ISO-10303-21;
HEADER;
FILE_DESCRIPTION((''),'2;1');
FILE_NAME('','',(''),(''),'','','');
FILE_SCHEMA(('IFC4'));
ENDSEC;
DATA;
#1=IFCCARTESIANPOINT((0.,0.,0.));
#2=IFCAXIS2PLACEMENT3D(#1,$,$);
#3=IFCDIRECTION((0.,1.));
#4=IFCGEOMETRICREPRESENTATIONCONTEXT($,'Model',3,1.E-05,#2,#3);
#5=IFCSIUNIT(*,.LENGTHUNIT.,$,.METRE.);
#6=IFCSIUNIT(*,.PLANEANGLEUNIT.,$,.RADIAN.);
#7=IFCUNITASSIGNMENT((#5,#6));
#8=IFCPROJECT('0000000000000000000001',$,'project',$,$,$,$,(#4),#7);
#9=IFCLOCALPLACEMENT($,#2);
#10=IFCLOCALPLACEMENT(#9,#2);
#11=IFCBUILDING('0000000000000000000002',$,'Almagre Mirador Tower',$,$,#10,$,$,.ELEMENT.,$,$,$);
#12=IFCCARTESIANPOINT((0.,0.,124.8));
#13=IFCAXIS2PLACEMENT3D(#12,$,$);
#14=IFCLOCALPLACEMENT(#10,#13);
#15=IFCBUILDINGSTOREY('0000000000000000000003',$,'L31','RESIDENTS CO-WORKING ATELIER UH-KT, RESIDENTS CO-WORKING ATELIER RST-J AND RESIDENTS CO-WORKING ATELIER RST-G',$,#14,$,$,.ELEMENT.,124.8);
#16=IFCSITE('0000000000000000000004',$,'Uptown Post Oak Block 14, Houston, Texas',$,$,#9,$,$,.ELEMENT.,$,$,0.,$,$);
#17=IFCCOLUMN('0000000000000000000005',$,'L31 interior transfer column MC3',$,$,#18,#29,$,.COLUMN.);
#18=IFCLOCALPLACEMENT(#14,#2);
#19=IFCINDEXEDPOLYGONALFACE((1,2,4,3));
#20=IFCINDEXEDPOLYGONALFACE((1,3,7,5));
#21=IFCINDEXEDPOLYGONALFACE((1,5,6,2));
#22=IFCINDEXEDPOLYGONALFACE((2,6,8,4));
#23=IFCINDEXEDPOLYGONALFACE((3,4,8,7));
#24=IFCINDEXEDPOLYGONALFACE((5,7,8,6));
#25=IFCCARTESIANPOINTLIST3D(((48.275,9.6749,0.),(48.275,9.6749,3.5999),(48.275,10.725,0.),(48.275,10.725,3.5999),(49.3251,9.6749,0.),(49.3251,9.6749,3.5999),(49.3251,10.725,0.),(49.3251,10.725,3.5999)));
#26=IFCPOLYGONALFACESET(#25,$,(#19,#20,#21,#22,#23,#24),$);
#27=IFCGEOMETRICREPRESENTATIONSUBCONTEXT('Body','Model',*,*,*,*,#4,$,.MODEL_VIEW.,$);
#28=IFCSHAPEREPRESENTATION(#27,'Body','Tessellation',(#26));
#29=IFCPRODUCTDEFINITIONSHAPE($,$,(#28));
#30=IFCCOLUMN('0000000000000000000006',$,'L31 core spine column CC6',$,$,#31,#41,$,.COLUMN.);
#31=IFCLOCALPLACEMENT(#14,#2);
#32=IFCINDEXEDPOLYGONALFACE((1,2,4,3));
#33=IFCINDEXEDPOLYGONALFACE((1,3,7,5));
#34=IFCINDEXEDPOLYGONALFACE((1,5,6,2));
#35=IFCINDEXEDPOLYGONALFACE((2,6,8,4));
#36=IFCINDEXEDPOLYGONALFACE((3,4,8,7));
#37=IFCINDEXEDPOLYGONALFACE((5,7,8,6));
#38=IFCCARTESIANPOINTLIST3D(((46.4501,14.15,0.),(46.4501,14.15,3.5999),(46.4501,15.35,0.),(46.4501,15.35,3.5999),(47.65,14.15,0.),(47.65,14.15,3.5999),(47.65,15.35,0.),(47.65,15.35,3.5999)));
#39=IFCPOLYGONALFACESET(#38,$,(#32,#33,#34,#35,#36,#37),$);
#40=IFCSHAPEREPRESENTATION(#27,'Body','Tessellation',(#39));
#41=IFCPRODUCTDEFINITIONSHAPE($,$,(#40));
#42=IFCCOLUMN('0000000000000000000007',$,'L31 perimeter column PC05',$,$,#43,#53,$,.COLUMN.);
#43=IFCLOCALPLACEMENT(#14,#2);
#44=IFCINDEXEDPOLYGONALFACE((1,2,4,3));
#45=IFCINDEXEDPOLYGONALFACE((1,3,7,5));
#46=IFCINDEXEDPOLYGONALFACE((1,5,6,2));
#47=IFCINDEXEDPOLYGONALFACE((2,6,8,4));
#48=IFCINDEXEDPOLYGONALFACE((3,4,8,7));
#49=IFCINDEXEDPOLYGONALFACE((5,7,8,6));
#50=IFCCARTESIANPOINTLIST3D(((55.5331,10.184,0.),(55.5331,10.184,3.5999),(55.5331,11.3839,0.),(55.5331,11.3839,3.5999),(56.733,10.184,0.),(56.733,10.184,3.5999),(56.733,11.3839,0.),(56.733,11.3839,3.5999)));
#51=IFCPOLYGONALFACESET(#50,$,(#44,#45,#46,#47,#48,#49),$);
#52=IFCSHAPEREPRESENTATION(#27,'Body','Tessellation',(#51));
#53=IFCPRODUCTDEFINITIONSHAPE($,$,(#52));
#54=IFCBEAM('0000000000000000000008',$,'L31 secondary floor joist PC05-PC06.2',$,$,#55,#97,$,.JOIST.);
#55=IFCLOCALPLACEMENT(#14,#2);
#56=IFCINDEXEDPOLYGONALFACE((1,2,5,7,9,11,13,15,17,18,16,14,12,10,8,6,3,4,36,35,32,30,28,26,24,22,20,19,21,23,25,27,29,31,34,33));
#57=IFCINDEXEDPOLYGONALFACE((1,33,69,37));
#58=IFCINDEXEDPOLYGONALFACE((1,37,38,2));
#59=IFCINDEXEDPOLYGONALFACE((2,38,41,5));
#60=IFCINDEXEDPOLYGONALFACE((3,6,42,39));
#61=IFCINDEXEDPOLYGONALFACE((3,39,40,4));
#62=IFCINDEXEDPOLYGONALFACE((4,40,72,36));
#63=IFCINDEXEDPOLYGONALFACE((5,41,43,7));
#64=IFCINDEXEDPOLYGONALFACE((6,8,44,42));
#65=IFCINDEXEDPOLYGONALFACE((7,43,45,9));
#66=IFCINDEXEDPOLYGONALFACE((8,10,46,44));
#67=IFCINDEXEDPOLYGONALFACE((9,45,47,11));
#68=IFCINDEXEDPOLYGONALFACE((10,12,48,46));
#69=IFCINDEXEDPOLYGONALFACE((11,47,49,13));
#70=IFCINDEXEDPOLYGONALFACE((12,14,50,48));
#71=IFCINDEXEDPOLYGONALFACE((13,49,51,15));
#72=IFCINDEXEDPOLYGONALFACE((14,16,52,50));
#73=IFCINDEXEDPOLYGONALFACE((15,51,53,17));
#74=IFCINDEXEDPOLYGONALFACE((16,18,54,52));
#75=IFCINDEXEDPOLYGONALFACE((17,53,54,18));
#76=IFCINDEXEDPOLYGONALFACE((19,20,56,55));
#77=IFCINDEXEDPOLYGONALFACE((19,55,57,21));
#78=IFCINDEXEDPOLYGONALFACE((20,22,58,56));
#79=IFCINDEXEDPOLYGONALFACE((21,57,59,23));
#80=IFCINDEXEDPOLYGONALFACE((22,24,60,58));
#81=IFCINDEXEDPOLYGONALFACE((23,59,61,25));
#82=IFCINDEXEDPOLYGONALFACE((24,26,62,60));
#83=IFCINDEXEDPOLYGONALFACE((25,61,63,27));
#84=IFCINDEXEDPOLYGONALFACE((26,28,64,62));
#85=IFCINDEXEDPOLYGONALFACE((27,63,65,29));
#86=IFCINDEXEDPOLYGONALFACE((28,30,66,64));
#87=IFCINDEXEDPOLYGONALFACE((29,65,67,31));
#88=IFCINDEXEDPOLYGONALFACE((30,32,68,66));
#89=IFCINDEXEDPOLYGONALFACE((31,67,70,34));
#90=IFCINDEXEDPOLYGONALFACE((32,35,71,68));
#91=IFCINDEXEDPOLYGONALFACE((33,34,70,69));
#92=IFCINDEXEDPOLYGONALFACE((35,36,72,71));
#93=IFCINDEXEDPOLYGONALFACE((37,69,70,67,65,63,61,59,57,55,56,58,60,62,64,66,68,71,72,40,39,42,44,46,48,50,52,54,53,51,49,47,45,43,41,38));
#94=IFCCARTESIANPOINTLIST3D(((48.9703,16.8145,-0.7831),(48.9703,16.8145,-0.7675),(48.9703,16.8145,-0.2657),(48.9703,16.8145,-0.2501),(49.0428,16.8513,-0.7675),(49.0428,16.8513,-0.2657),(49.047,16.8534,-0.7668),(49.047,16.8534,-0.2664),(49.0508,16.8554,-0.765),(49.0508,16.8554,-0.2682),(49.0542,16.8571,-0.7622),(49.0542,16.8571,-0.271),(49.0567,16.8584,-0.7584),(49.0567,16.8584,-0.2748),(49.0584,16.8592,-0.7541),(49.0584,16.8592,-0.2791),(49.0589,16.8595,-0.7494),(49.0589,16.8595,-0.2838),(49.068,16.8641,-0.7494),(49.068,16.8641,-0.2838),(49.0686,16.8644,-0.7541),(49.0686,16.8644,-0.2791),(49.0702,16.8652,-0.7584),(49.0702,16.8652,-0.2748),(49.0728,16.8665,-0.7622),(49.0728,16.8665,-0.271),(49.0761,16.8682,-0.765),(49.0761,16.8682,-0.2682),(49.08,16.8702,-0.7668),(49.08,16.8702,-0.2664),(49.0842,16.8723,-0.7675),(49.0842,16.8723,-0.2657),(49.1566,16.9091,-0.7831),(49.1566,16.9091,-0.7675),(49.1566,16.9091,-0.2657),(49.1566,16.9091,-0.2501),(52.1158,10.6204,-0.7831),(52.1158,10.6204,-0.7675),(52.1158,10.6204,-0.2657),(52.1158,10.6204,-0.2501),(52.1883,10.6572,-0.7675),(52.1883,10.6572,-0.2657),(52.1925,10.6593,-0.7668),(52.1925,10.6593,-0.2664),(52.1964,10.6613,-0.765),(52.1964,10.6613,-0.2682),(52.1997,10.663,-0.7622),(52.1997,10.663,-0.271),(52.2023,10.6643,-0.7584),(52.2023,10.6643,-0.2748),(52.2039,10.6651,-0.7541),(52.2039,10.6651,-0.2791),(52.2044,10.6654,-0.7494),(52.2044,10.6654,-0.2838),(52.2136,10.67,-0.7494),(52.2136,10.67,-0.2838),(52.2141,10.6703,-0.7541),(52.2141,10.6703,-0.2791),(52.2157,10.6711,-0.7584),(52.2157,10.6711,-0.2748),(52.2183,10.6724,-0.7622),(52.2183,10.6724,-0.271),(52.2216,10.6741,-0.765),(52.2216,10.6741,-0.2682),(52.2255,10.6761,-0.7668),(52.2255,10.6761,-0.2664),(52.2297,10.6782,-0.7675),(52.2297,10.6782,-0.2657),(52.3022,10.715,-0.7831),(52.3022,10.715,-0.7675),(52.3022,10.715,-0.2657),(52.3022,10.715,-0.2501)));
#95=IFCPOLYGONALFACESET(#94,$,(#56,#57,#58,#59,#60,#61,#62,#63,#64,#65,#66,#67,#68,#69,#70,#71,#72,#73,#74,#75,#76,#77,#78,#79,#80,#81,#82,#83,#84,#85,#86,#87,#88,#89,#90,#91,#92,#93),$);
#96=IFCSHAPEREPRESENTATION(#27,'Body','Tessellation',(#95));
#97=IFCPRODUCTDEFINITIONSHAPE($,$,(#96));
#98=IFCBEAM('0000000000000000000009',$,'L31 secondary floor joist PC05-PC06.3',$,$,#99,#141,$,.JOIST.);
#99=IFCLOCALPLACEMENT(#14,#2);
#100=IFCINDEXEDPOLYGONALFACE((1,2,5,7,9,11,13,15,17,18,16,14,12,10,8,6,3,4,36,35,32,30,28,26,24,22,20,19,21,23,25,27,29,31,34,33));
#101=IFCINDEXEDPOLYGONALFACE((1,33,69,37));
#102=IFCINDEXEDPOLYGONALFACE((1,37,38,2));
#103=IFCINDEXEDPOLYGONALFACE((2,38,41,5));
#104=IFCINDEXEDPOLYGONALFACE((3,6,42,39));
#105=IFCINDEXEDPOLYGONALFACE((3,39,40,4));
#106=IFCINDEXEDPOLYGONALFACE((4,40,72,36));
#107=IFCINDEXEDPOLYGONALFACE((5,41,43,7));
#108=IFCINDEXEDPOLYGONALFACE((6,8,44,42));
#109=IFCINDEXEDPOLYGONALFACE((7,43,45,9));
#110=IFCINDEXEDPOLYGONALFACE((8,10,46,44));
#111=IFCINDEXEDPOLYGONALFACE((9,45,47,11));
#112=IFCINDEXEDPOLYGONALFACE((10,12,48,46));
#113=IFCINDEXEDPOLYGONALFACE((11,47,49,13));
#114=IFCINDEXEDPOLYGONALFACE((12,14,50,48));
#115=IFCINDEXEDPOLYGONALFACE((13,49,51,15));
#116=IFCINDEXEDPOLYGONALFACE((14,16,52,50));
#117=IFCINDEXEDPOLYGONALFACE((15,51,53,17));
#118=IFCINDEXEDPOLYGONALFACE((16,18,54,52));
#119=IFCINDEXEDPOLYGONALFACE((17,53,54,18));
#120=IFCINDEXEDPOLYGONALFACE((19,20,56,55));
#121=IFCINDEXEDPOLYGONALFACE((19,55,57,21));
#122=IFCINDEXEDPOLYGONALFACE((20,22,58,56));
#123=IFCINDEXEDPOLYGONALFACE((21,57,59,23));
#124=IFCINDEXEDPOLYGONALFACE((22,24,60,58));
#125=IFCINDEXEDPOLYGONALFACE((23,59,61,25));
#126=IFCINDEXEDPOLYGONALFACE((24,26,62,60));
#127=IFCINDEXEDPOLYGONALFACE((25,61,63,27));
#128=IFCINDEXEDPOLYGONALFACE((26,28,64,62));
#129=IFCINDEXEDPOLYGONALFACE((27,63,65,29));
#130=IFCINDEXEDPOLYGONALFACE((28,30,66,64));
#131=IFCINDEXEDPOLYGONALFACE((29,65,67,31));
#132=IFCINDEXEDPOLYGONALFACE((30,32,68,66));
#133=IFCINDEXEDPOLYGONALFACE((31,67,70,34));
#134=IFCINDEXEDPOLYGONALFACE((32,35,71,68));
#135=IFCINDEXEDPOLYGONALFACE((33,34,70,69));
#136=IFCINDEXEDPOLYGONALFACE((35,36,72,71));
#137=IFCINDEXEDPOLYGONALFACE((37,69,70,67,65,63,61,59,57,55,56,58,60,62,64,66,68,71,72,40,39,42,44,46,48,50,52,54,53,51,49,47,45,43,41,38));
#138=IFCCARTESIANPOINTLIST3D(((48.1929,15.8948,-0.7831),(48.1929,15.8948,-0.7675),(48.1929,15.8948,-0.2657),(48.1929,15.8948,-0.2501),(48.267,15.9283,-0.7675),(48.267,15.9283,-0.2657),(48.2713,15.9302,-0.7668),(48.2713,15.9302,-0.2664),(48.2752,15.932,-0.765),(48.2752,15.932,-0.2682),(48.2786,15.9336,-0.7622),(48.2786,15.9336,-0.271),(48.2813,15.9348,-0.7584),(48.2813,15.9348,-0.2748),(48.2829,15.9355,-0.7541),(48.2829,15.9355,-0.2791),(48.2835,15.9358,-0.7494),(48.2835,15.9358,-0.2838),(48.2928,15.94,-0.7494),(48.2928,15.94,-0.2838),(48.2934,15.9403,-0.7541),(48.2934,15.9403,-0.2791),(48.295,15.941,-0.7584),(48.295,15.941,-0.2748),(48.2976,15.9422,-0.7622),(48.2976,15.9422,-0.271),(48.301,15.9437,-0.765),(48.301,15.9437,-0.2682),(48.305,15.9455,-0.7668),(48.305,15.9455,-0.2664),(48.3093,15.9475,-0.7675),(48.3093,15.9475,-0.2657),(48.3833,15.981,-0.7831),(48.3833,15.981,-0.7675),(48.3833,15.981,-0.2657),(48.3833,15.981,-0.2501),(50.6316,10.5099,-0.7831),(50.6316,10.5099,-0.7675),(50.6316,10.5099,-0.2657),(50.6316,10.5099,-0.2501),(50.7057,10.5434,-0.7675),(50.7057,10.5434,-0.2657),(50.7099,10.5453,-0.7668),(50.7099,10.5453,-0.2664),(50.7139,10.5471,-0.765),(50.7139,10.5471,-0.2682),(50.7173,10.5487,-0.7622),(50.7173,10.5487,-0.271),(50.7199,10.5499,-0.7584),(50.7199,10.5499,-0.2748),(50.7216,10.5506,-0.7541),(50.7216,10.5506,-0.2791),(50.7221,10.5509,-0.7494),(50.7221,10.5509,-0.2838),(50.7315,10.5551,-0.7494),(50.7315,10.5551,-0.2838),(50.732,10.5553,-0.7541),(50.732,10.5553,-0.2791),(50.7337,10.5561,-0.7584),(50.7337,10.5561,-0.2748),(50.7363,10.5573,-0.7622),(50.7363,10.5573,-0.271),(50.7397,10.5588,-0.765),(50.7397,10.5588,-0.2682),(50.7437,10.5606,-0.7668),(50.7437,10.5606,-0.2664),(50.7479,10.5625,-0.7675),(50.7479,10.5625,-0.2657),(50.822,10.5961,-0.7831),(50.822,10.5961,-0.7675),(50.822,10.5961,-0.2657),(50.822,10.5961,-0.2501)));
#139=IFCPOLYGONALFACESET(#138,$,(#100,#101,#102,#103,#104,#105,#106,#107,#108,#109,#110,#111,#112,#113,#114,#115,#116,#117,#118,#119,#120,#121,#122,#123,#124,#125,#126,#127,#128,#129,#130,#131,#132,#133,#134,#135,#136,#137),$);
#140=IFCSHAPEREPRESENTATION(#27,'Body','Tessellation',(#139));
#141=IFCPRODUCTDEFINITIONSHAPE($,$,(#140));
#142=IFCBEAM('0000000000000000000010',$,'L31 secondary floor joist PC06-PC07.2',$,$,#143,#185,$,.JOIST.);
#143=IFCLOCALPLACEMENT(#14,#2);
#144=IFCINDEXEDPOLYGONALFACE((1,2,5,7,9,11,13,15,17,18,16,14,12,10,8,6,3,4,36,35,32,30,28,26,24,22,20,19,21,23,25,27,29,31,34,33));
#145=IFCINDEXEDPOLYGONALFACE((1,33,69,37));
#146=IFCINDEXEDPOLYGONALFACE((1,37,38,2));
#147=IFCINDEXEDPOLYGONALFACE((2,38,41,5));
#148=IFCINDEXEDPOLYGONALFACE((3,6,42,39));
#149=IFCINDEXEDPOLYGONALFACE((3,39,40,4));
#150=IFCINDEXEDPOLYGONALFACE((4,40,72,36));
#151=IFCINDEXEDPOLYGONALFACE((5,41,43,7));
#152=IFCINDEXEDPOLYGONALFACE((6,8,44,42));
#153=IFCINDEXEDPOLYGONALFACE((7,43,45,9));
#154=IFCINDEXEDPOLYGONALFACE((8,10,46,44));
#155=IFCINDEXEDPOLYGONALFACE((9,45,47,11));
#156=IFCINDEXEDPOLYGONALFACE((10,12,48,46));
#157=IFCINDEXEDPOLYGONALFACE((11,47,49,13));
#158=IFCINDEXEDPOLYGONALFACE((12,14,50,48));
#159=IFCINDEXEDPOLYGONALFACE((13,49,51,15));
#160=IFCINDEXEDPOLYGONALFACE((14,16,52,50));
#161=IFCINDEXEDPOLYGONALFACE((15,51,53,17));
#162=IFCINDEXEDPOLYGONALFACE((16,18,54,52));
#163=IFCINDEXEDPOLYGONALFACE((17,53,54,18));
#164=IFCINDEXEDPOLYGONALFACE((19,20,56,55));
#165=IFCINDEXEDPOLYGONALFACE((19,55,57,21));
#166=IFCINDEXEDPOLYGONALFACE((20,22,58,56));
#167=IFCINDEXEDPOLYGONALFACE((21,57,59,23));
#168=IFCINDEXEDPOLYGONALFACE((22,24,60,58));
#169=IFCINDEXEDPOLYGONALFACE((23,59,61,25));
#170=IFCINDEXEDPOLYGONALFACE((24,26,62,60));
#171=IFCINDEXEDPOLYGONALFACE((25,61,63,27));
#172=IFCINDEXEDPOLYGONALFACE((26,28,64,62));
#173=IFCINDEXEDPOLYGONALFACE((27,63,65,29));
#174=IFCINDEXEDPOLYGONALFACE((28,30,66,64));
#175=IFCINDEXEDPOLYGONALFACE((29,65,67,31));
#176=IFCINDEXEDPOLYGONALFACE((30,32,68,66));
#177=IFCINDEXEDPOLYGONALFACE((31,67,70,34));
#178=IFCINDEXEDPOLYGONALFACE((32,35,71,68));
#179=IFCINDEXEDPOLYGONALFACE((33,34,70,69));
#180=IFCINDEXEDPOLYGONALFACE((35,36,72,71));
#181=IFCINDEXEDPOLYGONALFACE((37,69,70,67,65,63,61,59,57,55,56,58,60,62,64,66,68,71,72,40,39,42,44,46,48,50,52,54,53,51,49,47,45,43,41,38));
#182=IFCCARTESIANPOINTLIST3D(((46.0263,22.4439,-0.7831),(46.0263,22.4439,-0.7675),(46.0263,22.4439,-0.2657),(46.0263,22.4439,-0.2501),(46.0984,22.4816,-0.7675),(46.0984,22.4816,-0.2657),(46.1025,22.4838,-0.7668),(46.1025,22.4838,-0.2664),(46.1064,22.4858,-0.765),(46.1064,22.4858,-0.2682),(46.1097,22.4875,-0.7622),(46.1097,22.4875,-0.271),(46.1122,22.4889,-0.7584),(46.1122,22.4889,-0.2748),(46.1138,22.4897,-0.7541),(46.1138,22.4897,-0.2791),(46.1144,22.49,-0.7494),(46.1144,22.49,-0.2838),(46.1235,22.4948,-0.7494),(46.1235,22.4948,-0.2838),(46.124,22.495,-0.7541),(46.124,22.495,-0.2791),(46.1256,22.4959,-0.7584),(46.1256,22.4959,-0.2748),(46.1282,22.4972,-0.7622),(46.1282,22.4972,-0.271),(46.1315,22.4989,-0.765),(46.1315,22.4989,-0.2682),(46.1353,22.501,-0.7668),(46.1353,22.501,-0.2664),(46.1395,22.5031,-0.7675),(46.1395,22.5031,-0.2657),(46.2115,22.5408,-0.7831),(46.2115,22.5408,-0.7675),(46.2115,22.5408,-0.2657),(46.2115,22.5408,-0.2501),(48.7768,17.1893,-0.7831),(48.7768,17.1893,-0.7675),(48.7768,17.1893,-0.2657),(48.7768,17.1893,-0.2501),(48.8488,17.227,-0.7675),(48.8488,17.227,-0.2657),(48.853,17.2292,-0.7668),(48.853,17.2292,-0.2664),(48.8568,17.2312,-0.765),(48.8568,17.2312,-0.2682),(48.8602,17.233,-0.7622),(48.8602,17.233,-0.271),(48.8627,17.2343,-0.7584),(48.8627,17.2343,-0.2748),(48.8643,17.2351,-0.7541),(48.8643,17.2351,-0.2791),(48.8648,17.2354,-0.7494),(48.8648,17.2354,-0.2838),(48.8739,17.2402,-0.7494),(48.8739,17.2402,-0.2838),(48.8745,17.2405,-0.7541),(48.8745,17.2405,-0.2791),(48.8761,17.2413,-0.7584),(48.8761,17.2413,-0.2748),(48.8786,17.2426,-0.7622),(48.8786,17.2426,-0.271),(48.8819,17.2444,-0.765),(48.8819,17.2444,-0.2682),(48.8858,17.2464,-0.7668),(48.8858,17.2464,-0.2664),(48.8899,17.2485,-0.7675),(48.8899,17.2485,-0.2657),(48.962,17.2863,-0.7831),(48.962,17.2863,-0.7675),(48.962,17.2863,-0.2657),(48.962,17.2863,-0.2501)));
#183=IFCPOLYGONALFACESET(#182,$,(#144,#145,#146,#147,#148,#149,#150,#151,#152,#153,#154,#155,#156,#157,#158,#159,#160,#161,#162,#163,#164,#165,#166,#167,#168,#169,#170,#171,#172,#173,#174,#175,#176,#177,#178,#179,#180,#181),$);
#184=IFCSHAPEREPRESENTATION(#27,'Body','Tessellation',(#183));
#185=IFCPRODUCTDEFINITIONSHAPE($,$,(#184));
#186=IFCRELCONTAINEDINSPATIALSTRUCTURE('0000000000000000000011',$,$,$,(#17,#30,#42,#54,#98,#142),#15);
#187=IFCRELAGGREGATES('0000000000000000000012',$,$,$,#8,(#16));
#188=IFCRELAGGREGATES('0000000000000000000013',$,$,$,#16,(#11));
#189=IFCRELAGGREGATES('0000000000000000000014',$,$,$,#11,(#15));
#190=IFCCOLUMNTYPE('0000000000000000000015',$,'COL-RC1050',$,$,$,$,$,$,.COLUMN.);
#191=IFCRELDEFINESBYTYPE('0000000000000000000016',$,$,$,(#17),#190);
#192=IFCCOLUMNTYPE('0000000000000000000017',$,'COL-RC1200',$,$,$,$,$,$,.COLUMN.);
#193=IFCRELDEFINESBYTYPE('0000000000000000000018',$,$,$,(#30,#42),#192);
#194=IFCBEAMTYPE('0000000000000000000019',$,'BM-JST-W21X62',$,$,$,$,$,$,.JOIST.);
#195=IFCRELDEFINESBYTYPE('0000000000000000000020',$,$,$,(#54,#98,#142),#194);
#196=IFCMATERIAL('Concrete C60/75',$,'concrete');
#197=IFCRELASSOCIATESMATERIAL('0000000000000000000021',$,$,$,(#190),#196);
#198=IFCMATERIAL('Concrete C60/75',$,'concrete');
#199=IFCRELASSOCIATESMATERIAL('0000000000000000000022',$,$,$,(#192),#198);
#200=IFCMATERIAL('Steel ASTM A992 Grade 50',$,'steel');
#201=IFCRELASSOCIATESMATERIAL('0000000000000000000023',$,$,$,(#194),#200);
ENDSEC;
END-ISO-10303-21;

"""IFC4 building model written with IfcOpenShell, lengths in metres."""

from ifc_helpers import new_model, si_unit, direction, frame, origin, origin_2d, place, context, subcontext, project, spatial, rectangle, i_section, extrude, material, material_profile, profile_set, type_object, element, save


model = new_model("IFC4")

# Units and contexts
model_context = context("Model", 3, precision=1e-05, world=origin(), true_north=direction((0.0, 1.0)))
body_context = subcontext(model_context, "Body", "Model", "MODEL_VIEW")
ifc_project = project(units=[si_unit("LENGTHUNIT", "METRE"), si_unit("PLANEANGLEUNIT", "RADIAN")], contexts=[model_context])

# Site, building, storey
site_placement = place(None, origin())
site = spatial("IfcSite", under=ifc_project, at=site_placement, Name="Uptown Post Oak Block 14, Houston, Texas", CompositionType="ELEMENT", RefElevation=0.0)
building_placement = place(site_placement, origin())
building = spatial("IfcBuilding", under=site, at=building_placement, Name="Almagre Mirador Tower", CompositionType="ELEMENT")
storey_placement = place(building_placement, frame((0.0, 0.0, 124.8)))
storey = spatial("IfcBuildingStorey", under=building, at=storey_placement, Name="L31", Description="RESIDENTS CO-WORKING ATELIER UH-KT, RESIDENTS CO-WORKING ATELIER RST-J AND RESIDENTS CO-WORKING ATELIER RST-G", CompositionType="ELEMENT", Elevation=124.8)

# Columns
ifc_material_1 = material(Name="Concrete C60/75", Category="concrete")
ifc_material_profile_1 = material_profile(ifc_material_1, rectangle(XDim=1.05, YDim=1.05, at=origin_2d()), Name="RC1050X1050")
ifc_profile_set_1 = profile_set([ifc_material_profile_1], Name="Concrete C60/75")
column_type_1 = type_object("IfcColumnType", Name="COL-RC1050", PredefinedType="COLUMN", material=ifc_profile_set_1)
column_placement = place(storey_placement, frame((48.8, 10.2, 0.0), z_axis=(0.0, 0.0, 1.0), x_axis=(1.0, 0.0, 0.0)))
element("IfcColumn", 1, at=column_placement, inside=storey, type_object=column_type_1, Name="L31 interior transfer column MC3", PredefinedType="COLUMN", context=body_context, shape_type="SweptSolid", body=[
    extrude(rectangle(XDim=1.05, YDim=1.05, at=origin_2d()), origin(), (0.0, 0.0, 1.0), 3.5999),
])
ifc_material_2 = material(Name="Concrete C60/75", Category="concrete")
ifc_material_profile_2 = material_profile(ifc_material_2, rectangle(XDim=1.2, YDim=1.2, at=origin_2d()), Name="RC1200X1200")
ifc_profile_set_2 = profile_set([ifc_material_profile_2], Name="Concrete C60/75")
column_type_2 = type_object("IfcColumnType", Name="COL-RC1200", PredefinedType="COLUMN", material=ifc_profile_set_2)
for number, where, z_axis, x_axis, name in (
    (2, (47.05, 14.75, 0.0), (0.0, 0.0, 1.0), (1.0, 0.0, 0.0), "L31 core spine column CC6"),
    (3, (56.1331, 10.7839, 0.0), (0.0, 0.0, 1.0), (1.0, 0.0, 0.0), "L31 perimeter column PC05"),
):
    element("IfcColumn", number, at=place(storey_placement, frame(where, z_axis=z_axis, x_axis=x_axis)), inside=storey, type_object=column_type_2, Name=name, PredefinedType="COLUMN", context=body_context, shape_type="SweptSolid", body=[
        extrude(rectangle(XDim=1.2, YDim=1.2, at=origin_2d()), origin(), (0.0, 0.0, 1.0), 3.5999),
    ])

# Beams
ifc_material_3 = material(Name="Steel ASTM A992 Grade 50", Category="steel")
ifc_material_profile_3 = material_profile(ifc_material_3, i_section(OverallWidth=0.209, OverallDepth=0.533, WebThickness=0.0103, FlangeThickness=0.0156, FilletRadius=0.0181, at=origin_2d()), Name="W21X62")
ifc_profile_set_3 = profile_set([ifc_material_profile_3], Name="Steel ASTM A992 Grade 50")
beam_type_1 = type_object("IfcBeamType", Name="BM-JST-W21X62", PredefinedType="JOIST", material=ifc_profile_set_3)
beam_1_placement = place(storey_placement, frame((52.209, 10.6677, -0.5166), z_axis=(-0.452786, 0.891619, 0.0), x_axis=(-0.891619, -0.452786, 0.0)))
element("IfcBeam", 4, at=beam_1_placement, inside=storey, type_object=beam_type_1, Name="L31 secondary floor joist PC05-PC06.2", PredefinedType="JOIST", context=body_context, shape_type="SweptSolid", body=[
    extrude(i_section(OverallWidth=0.209, OverallDepth=0.533, WebThickness=0.0103, FlangeThickness=0.0156, FilletRadius=0.0181, at=origin_2d()), origin(), (0.0, 0.0, 1.0), 6.947),
])
beam_2_placement = place(storey_placement, frame((50.7268, 10.553, -0.5166), z_axis=(-0.412539, 0.91094, 0.0), x_axis=(-0.91094, -0.412539, 0.0)))
element("IfcBeam", 5, at=beam_2_placement, inside=storey, type_object=beam_type_1, Name="L31 secondary floor joist PC05-PC06.3", PredefinedType="JOIST", context=body_context, shape_type="SweptSolid", body=[
    extrude(i_section(OverallWidth=0.209, OverallDepth=0.533, WebThickness=0.0103, FlangeThickness=0.0156, FilletRadius=0.0181, at=origin_2d()), origin(), (0.0, 0.0, 1.0), 5.9114),
])
beam_3_placement = place(storey_placement, frame((48.8694, 17.2378, -0.5166), z_axis=(-0.46375, 0.885966, 0.0), x_axis=(-0.885966, -0.46375, 0.0)))
element("IfcBeam", 6, at=beam_3_placement, inside=storey, type_object=beam_type_1, Name="L31 secondary floor joist PC06-PC07.2", PredefinedType="JOIST", context=body_context, shape_type="SweptSolid", body=[
    extrude(i_section(OverallWidth=0.209, OverallDepth=0.533, WebThickness=0.0103, FlangeThickness=0.0156, FilletRadius=0.0181, at=origin_2d()), origin(), (0.0, 0.0, 1.0), 5.9309),
])

save(model, "model.ifc")
